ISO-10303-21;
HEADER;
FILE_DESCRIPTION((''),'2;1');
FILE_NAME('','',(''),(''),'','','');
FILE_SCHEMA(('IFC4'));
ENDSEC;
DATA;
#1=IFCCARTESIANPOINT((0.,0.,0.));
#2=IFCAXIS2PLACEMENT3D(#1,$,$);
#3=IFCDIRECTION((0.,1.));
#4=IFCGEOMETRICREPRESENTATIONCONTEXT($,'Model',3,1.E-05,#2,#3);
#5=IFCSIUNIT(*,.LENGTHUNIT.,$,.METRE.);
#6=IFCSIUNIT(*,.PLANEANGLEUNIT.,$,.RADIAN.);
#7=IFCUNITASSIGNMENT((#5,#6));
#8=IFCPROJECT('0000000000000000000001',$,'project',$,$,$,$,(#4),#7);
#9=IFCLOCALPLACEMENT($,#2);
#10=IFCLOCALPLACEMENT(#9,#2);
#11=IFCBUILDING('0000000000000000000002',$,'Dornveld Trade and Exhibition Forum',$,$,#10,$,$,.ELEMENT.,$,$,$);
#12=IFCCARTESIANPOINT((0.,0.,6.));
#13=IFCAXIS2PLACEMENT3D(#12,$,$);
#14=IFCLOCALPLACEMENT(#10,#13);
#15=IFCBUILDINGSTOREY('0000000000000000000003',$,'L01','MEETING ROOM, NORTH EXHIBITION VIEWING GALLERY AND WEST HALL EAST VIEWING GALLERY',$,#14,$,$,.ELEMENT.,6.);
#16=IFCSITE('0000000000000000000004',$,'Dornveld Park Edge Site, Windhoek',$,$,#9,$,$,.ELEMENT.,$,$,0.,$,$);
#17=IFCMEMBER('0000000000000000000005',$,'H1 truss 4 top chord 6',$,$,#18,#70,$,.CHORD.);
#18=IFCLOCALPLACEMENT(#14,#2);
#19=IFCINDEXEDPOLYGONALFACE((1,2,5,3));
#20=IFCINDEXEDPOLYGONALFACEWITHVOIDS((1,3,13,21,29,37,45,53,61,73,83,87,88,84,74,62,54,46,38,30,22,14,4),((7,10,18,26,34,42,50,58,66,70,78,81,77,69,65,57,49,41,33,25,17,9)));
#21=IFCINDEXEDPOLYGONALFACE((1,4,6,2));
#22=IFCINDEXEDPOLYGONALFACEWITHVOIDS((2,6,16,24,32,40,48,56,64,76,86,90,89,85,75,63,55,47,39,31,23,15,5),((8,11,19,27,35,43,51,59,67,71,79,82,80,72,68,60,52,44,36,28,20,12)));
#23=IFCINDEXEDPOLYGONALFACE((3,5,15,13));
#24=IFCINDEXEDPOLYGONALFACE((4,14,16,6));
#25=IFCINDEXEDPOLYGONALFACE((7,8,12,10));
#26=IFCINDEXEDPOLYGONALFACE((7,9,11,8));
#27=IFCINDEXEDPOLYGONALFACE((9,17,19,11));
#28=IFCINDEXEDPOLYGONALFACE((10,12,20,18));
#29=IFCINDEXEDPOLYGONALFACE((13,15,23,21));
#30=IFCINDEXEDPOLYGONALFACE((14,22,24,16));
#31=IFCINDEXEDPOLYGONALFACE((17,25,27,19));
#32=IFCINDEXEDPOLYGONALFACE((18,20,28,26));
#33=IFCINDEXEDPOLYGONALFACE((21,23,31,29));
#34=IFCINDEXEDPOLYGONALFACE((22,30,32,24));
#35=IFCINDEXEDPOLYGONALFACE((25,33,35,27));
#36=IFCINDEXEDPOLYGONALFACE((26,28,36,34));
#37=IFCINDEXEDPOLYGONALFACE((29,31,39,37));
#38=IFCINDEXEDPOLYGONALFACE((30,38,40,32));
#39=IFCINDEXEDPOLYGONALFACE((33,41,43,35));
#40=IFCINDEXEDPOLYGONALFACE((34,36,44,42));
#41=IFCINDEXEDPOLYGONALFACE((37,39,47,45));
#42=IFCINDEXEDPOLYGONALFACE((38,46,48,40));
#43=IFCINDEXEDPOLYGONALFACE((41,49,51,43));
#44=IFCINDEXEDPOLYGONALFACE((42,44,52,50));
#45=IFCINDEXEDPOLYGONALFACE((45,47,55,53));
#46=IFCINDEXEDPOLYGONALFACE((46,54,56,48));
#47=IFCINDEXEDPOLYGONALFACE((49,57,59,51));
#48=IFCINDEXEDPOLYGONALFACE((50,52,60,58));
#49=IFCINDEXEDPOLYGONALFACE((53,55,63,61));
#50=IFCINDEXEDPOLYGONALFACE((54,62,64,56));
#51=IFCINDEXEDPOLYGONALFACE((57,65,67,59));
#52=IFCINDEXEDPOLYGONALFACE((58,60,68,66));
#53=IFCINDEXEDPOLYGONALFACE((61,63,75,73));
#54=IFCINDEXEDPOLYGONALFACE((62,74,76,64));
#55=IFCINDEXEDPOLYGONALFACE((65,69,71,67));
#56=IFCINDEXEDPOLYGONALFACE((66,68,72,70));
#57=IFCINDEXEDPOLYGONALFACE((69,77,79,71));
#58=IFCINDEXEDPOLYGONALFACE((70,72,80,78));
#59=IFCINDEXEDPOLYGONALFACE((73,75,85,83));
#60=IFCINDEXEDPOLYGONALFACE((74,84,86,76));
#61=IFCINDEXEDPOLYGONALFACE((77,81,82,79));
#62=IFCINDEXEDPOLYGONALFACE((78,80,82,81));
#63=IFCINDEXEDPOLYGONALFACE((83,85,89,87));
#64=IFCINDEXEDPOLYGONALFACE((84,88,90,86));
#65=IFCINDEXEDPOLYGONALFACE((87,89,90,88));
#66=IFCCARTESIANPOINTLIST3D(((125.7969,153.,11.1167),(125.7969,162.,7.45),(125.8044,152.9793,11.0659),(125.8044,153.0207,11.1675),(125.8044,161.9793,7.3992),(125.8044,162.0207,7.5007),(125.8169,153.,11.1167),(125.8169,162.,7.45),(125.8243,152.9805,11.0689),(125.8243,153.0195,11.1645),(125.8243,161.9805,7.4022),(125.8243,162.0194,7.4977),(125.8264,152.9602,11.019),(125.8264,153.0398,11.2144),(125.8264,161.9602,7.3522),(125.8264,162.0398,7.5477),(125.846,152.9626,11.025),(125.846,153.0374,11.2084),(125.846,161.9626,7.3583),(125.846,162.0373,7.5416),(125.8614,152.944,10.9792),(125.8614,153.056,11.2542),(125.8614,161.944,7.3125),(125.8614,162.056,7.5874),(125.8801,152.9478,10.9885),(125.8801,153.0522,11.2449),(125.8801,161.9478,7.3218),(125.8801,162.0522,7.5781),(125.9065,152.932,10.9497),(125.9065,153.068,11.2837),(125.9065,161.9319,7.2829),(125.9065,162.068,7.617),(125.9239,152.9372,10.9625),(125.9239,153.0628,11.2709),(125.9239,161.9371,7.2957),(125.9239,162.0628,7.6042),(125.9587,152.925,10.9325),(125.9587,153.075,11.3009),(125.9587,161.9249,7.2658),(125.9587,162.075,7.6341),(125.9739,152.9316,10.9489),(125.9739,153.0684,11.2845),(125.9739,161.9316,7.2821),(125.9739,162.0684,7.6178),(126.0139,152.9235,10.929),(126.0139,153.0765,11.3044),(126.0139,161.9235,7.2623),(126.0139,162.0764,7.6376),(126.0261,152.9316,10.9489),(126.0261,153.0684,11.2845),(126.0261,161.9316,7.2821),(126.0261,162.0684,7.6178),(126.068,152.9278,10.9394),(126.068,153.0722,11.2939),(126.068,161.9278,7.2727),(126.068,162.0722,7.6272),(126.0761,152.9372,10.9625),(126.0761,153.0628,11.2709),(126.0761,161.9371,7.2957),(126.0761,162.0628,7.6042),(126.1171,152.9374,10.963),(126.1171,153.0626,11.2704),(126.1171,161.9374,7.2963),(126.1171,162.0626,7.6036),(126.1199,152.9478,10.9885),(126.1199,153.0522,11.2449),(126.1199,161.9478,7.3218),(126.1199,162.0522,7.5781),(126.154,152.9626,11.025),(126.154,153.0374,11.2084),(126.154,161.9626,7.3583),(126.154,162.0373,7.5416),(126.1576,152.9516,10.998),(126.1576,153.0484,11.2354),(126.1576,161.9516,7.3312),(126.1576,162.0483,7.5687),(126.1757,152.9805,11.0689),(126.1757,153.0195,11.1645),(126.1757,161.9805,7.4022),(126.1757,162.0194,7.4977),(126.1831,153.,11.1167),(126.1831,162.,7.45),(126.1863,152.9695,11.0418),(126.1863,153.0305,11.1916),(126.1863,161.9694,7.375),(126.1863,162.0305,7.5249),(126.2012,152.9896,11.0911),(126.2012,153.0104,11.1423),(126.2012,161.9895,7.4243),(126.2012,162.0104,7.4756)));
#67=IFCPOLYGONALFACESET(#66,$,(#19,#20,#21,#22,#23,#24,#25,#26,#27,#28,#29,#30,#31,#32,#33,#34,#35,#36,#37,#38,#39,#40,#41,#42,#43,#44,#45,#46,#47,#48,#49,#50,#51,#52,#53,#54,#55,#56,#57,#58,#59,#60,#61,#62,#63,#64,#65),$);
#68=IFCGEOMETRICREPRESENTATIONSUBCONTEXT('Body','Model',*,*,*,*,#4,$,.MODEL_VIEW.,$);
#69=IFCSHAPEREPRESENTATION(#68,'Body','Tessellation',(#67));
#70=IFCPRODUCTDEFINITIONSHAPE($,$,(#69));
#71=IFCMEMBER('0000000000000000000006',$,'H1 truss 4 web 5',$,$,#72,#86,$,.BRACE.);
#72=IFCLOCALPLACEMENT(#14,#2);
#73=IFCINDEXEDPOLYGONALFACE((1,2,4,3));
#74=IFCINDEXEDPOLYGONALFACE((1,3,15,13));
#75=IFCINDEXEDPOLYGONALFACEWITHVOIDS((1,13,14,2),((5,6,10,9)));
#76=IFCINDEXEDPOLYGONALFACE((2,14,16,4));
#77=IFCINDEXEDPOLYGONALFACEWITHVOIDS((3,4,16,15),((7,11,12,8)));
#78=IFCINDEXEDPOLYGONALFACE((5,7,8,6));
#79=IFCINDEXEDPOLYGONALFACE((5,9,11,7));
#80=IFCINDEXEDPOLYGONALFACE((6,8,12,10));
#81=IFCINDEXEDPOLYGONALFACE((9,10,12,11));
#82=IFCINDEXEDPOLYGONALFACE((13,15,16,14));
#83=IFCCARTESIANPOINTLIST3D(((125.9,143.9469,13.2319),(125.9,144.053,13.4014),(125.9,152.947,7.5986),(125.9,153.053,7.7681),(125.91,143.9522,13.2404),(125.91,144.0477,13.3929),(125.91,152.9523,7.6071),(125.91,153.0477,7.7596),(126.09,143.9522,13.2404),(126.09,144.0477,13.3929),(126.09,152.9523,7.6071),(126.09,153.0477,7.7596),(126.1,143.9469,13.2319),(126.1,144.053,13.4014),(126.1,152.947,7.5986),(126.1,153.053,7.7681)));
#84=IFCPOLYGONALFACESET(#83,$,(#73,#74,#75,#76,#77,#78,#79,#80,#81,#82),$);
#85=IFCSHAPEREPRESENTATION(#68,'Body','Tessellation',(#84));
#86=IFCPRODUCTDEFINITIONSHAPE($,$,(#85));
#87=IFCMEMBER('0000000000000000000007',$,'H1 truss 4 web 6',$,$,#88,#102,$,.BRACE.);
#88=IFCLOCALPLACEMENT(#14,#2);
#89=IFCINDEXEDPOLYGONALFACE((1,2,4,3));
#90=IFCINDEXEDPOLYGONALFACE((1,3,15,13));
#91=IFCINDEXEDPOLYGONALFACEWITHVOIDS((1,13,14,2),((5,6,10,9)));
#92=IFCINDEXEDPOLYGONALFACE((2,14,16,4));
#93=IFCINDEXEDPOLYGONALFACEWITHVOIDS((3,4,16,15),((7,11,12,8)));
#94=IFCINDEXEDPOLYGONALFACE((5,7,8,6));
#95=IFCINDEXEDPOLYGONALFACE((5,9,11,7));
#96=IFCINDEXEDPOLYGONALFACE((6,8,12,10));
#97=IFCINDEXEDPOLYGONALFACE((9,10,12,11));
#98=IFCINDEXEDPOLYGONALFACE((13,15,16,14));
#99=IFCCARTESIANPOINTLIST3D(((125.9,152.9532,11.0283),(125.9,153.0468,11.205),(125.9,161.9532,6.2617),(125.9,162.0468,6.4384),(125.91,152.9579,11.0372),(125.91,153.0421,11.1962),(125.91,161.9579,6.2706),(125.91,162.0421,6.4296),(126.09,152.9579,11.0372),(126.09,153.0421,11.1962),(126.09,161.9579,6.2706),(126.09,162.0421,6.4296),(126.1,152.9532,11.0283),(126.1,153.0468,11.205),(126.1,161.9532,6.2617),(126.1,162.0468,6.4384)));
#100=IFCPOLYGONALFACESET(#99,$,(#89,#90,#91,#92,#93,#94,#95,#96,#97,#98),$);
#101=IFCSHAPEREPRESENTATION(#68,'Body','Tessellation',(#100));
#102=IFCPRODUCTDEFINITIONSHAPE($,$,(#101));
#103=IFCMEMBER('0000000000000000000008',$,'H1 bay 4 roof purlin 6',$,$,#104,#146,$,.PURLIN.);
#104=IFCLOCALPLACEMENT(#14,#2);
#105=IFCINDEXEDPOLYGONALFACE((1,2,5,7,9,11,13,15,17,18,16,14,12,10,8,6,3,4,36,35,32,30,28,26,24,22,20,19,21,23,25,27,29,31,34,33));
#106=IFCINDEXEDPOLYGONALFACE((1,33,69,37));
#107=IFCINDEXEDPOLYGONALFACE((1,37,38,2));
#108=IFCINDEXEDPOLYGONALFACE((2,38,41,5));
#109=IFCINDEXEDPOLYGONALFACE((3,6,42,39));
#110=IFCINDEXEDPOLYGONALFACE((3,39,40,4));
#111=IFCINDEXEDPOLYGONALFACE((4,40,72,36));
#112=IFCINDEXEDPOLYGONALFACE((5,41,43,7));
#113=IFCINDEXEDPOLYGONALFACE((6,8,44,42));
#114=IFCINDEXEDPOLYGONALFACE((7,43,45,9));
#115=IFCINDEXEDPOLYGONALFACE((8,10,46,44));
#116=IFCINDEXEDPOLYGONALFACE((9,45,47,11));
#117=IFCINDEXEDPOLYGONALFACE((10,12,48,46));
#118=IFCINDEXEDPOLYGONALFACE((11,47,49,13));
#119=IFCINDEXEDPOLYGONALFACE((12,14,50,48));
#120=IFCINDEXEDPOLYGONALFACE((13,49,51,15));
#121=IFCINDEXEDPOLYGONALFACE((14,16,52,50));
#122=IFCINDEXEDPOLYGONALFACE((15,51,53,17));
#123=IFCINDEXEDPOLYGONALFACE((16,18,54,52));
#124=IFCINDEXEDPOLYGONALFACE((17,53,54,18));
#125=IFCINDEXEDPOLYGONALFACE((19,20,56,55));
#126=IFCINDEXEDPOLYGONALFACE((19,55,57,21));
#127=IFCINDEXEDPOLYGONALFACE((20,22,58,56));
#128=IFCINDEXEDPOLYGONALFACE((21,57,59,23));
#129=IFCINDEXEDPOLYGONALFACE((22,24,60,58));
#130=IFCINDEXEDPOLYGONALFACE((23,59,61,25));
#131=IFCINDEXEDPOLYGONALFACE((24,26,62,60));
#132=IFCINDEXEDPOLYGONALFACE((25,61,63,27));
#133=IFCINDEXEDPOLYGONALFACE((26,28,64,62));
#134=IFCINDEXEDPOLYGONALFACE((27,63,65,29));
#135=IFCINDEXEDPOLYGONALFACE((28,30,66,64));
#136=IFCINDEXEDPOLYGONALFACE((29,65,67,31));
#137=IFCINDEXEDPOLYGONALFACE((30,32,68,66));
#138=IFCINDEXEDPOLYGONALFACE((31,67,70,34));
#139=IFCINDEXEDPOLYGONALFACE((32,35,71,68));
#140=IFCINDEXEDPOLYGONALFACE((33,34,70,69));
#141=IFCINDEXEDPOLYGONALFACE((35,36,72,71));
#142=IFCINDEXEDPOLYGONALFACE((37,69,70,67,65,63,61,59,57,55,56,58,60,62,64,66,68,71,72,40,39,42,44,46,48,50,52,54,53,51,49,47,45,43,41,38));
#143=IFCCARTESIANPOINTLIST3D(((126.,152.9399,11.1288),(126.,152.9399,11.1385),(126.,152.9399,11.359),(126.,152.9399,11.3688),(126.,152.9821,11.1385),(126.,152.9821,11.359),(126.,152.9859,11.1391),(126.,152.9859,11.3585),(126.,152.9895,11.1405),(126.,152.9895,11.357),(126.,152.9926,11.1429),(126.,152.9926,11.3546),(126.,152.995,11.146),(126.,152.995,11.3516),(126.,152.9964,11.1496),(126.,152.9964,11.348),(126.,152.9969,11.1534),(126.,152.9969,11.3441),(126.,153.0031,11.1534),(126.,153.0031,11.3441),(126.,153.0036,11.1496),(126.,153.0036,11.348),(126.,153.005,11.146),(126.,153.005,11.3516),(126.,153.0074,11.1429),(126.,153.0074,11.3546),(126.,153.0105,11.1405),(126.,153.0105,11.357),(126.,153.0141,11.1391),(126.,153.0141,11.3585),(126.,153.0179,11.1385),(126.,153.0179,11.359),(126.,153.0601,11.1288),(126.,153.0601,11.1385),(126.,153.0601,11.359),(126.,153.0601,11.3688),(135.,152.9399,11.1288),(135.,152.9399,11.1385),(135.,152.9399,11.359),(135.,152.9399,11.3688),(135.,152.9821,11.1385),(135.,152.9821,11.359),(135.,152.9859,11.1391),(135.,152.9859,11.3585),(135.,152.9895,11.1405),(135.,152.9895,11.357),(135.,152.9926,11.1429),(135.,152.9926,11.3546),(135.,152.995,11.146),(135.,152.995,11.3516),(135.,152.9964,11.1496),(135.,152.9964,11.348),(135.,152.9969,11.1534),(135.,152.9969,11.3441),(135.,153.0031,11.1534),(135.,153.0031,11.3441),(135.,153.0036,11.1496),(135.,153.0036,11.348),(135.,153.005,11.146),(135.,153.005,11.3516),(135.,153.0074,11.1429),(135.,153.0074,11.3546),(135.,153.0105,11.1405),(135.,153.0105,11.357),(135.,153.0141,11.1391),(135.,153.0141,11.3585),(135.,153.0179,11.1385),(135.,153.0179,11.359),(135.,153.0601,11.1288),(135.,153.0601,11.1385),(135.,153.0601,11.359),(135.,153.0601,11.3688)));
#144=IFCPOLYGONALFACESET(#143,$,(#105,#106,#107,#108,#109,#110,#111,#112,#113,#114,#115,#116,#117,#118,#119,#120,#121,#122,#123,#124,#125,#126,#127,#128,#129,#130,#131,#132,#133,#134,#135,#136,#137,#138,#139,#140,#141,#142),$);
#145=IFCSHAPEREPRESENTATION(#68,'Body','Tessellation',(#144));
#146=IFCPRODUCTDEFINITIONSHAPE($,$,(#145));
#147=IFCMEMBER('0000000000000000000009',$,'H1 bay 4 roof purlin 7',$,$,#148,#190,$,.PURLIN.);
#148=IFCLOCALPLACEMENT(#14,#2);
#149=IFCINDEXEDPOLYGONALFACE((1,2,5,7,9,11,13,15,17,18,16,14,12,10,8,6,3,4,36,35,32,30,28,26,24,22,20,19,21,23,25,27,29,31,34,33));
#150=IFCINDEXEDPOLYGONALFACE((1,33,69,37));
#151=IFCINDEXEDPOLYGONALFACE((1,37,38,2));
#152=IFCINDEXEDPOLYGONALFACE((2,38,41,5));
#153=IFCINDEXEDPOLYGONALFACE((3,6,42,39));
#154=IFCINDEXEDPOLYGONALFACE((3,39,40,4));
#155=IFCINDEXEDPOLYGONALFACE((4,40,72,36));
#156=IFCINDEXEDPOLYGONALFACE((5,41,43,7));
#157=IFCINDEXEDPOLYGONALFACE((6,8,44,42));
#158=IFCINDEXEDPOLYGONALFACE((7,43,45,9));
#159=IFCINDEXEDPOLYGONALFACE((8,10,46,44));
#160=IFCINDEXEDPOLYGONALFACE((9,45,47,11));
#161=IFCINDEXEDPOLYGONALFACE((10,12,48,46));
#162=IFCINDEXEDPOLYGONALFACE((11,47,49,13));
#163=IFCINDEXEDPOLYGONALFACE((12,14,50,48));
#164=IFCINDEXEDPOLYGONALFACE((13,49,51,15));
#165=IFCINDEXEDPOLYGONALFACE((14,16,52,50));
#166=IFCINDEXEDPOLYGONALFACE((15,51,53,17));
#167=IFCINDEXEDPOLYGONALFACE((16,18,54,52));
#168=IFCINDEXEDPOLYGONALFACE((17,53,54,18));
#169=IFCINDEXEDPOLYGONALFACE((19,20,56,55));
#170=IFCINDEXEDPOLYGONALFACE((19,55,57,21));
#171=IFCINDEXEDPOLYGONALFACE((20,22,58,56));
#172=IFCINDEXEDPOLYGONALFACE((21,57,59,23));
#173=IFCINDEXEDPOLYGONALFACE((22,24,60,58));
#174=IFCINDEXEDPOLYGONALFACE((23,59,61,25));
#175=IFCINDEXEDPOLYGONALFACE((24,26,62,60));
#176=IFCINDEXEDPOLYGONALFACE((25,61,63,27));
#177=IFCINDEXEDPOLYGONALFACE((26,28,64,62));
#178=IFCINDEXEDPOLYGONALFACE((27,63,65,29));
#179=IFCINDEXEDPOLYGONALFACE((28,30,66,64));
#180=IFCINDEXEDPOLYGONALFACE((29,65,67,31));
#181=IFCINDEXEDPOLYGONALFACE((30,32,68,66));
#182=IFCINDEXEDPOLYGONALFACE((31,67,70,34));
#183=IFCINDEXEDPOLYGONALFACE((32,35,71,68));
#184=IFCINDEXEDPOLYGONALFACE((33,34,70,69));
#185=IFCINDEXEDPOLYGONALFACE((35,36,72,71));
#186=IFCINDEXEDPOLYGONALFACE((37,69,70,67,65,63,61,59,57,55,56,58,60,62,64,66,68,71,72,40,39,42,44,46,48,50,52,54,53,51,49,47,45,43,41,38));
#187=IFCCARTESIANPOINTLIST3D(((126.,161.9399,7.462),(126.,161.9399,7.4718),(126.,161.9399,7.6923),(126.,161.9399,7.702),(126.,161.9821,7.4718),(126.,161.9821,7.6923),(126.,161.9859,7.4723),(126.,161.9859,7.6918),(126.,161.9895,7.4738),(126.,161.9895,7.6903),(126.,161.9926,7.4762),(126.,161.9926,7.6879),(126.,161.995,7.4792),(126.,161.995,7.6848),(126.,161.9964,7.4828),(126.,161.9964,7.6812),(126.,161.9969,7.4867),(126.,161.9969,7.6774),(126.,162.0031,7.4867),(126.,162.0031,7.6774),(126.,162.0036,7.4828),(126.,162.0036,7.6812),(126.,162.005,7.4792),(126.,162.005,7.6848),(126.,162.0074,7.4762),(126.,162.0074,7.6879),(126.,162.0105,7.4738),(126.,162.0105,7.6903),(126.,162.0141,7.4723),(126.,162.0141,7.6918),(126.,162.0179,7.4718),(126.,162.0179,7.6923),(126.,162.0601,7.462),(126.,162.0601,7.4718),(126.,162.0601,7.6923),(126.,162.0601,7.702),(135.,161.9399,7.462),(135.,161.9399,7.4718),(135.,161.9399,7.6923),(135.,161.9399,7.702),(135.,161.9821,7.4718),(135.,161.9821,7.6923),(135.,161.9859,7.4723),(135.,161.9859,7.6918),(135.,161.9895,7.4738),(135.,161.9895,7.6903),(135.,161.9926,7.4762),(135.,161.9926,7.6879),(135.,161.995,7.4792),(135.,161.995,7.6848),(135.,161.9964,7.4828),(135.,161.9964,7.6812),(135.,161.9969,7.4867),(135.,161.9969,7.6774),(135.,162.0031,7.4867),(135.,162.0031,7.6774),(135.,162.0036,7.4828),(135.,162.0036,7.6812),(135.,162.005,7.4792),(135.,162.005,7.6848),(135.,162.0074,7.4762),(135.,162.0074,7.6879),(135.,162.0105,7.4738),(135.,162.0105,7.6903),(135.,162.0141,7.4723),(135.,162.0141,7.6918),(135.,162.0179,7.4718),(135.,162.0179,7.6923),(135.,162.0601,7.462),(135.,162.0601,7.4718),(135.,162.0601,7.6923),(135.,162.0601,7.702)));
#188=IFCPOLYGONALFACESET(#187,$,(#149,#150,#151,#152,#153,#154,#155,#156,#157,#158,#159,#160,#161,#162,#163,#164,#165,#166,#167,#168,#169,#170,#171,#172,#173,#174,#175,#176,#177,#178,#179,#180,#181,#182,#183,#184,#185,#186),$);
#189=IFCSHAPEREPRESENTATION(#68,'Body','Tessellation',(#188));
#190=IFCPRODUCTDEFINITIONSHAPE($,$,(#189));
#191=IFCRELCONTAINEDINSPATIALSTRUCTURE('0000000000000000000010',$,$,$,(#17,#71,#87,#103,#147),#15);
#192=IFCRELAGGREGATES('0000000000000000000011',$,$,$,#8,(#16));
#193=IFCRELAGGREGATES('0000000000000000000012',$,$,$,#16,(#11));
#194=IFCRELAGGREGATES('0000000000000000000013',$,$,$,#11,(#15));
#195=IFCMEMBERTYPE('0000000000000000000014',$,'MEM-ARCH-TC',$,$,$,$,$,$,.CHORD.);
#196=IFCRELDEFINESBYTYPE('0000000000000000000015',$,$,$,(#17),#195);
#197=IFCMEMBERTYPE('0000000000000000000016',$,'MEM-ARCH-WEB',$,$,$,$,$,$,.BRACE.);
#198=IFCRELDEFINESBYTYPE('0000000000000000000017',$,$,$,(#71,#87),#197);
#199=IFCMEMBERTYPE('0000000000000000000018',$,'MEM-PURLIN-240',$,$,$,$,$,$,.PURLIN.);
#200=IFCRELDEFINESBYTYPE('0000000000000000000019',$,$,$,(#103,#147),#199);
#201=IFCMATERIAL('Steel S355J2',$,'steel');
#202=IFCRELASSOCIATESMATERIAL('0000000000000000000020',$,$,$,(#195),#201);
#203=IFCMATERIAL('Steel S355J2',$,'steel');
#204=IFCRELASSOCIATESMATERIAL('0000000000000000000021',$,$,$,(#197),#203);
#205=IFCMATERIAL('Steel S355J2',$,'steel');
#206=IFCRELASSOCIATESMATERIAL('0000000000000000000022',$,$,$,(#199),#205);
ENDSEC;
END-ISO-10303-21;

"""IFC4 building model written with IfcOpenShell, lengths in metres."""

from ifc_helpers import new_model, si_unit, direction, frame, origin, origin_2d, place, context, subcontext, project, spatial, hollow_rectangle, hollow_circle, i_section, extrude, material, material_profile, profile_set, type_object, element, save


model = new_model("IFC4")

# Units and contexts
model_context = context("Model", 3, precision=1e-05, world=origin(), true_north=direction((0.0, 1.0)))
body_context = subcontext(model_context, "Body", "Model", "MODEL_VIEW")
ifc_project = project(units=[si_unit("LENGTHUNIT", "METRE"), si_unit("PLANEANGLEUNIT", "RADIAN")], contexts=[model_context])

# Site, building, storey
site_placement = place(None, origin())
site = spatial("IfcSite", under=ifc_project, at=site_placement, Name="Dornveld Park Edge Site, Windhoek", CompositionType="ELEMENT", RefElevation=0.0)
building_placement = place(site_placement, origin())
building = spatial("IfcBuilding", under=site, at=building_placement, Name="Dornveld Trade and Exhibition Forum", CompositionType="ELEMENT")
storey_placement = place(building_placement, frame((0.0, 0.0, 6.0)))
storey = spatial("IfcBuildingStorey", under=building, at=storey_placement, Name="L01", Description="MEETING ROOM, NORTH EXHIBITION VIEWING GALLERY AND WEST HALL EAST VIEWING GALLERY", CompositionType="ELEMENT", Elevation=6.0)

# Members
ifc_material_1 = material(Name="Steel S355J2", Category="steel")
ifc_material_profile_1 = material_profile(ifc_material_1, hollow_circle(Radius=0.2031, WallThickness=0.02, at=origin_2d()), Name="CHS 406.4x20")
ifc_profile_set_1 = profile_set([ifc_material_profile_1], Name="Steel S355J2")
member_type_1 = type_object("IfcMemberType", Name="MEM-ARCH-TC", PredefinedType="CHORD", material=ifc_profile_set_1)
member_1_placement = place(storey_placement, frame((126.0, 153.0, 11.1167), z_axis=(0.0, 0.926089, -0.377304), x_axis=(-1.0, 0.0, 0.0)))
element("IfcMember", 1, at=member_1_placement, inside=storey, type_object=member_type_1, Name="H1 truss 4 top chord 6", PredefinedType="CHORD", context=body_context, shape_type="SweptSolid", body=[
    extrude(hollow_circle(Radius=0.2031, WallThickness=0.02, at=origin_2d()), origin(), (0.0, 0.0, 1.0), 9.7183),
])
ifc_material_2 = material(Name="Steel S355J2", Category="steel")
ifc_material_profile_2 = material_profile(ifc_material_2, hollow_rectangle(XDim=0.2, YDim=0.2, WallThickness=0.01, at=origin_2d()), Name="SHS 200x200x10")
ifc_profile_set_2 = profile_set([ifc_material_profile_2], Name="Steel S355J2")
member_type_2 = type_object("IfcMemberType", Name="MEM-ARCH-WEB", PredefinedType="BRACE", material=ifc_profile_set_2)
member_2_placement = place(storey_placement, frame((126.0, 153.0, 7.6833), z_axis=(0.0, -0.847647, 0.530561), x_axis=(1.0, 0.0, 0.0)))
element("IfcMember", 2, at=member_2_placement, inside=storey, type_object=member_type_2, Name="H1 truss 4 web 5", PredefinedType="BRACE", context=body_context, shape_type="SweptSolid", body=[
    extrude(hollow_rectangle(XDim=0.2, YDim=0.2, WallThickness=0.01, at=origin_2d()), origin(), (0.0, 0.0, 1.0), 10.6177),
])
member_3_placement = place(storey_placement, frame((126.0, 162.0, 6.3501), z_axis=(0.0, -0.883711, 0.468033), x_axis=(1.0, 0.0, 0.0)))
element("IfcMember", 3, at=member_3_placement, inside=storey, type_object=member_type_2, Name="H1 truss 4 web 6", PredefinedType="BRACE", context=body_context, shape_type="SweptSolid", body=[
    extrude(hollow_rectangle(XDim=0.2, YDim=0.2, WallThickness=0.01, at=origin_2d()), origin(), (0.0, 0.0, 1.0), 10.1843),
])
ifc_material_3 = material(Name="Steel S355J2", Category="steel")
ifc_material_profile_3 = material_profile(ifc_material_3, i_section(OverallWidth=0.1201, OverallDepth=0.24, WebThickness=0.0061, FlangeThickness=0.0098, FilletRadius=0.0149, at=origin_2d()), Name="IPE 240")
ifc_profile_set_3 = profile_set([ifc_material_profile_3], Name="Steel S355J2")
member_type_3 = type_object("IfcMemberType", Name="MEM-PURLIN-240", PredefinedType="PURLIN", material=ifc_profile_set_3)
for number, where, z_axis, x_axis, name in (
    (4, (126.0, 153.0, 11.2488), (1.0, 0.0, 0.0), (0.0, 1.0, 0.0), "H1 bay 4 roof purlin 6"),
    (5, (126.0, 162.0, 7.582), (1.0, 0.0, 0.0), (0.0, 1.0, 0.0), "H1 bay 4 roof purlin 7"),
):
    element("IfcMember", number, at=place(storey_placement, frame(where, z_axis=z_axis, x_axis=x_axis)), inside=storey, type_object=member_type_3, Name=name, PredefinedType="PURLIN", context=body_context, shape_type="SweptSolid", body=[
        extrude(i_section(OverallWidth=0.1201, OverallDepth=0.24, WebThickness=0.0061, FlangeThickness=0.0098, FilletRadius=0.0149, at=origin_2d()), origin(), (0.0, 0.0, 1.0), 9.0),
    ])

save(model, "model.ifc")
